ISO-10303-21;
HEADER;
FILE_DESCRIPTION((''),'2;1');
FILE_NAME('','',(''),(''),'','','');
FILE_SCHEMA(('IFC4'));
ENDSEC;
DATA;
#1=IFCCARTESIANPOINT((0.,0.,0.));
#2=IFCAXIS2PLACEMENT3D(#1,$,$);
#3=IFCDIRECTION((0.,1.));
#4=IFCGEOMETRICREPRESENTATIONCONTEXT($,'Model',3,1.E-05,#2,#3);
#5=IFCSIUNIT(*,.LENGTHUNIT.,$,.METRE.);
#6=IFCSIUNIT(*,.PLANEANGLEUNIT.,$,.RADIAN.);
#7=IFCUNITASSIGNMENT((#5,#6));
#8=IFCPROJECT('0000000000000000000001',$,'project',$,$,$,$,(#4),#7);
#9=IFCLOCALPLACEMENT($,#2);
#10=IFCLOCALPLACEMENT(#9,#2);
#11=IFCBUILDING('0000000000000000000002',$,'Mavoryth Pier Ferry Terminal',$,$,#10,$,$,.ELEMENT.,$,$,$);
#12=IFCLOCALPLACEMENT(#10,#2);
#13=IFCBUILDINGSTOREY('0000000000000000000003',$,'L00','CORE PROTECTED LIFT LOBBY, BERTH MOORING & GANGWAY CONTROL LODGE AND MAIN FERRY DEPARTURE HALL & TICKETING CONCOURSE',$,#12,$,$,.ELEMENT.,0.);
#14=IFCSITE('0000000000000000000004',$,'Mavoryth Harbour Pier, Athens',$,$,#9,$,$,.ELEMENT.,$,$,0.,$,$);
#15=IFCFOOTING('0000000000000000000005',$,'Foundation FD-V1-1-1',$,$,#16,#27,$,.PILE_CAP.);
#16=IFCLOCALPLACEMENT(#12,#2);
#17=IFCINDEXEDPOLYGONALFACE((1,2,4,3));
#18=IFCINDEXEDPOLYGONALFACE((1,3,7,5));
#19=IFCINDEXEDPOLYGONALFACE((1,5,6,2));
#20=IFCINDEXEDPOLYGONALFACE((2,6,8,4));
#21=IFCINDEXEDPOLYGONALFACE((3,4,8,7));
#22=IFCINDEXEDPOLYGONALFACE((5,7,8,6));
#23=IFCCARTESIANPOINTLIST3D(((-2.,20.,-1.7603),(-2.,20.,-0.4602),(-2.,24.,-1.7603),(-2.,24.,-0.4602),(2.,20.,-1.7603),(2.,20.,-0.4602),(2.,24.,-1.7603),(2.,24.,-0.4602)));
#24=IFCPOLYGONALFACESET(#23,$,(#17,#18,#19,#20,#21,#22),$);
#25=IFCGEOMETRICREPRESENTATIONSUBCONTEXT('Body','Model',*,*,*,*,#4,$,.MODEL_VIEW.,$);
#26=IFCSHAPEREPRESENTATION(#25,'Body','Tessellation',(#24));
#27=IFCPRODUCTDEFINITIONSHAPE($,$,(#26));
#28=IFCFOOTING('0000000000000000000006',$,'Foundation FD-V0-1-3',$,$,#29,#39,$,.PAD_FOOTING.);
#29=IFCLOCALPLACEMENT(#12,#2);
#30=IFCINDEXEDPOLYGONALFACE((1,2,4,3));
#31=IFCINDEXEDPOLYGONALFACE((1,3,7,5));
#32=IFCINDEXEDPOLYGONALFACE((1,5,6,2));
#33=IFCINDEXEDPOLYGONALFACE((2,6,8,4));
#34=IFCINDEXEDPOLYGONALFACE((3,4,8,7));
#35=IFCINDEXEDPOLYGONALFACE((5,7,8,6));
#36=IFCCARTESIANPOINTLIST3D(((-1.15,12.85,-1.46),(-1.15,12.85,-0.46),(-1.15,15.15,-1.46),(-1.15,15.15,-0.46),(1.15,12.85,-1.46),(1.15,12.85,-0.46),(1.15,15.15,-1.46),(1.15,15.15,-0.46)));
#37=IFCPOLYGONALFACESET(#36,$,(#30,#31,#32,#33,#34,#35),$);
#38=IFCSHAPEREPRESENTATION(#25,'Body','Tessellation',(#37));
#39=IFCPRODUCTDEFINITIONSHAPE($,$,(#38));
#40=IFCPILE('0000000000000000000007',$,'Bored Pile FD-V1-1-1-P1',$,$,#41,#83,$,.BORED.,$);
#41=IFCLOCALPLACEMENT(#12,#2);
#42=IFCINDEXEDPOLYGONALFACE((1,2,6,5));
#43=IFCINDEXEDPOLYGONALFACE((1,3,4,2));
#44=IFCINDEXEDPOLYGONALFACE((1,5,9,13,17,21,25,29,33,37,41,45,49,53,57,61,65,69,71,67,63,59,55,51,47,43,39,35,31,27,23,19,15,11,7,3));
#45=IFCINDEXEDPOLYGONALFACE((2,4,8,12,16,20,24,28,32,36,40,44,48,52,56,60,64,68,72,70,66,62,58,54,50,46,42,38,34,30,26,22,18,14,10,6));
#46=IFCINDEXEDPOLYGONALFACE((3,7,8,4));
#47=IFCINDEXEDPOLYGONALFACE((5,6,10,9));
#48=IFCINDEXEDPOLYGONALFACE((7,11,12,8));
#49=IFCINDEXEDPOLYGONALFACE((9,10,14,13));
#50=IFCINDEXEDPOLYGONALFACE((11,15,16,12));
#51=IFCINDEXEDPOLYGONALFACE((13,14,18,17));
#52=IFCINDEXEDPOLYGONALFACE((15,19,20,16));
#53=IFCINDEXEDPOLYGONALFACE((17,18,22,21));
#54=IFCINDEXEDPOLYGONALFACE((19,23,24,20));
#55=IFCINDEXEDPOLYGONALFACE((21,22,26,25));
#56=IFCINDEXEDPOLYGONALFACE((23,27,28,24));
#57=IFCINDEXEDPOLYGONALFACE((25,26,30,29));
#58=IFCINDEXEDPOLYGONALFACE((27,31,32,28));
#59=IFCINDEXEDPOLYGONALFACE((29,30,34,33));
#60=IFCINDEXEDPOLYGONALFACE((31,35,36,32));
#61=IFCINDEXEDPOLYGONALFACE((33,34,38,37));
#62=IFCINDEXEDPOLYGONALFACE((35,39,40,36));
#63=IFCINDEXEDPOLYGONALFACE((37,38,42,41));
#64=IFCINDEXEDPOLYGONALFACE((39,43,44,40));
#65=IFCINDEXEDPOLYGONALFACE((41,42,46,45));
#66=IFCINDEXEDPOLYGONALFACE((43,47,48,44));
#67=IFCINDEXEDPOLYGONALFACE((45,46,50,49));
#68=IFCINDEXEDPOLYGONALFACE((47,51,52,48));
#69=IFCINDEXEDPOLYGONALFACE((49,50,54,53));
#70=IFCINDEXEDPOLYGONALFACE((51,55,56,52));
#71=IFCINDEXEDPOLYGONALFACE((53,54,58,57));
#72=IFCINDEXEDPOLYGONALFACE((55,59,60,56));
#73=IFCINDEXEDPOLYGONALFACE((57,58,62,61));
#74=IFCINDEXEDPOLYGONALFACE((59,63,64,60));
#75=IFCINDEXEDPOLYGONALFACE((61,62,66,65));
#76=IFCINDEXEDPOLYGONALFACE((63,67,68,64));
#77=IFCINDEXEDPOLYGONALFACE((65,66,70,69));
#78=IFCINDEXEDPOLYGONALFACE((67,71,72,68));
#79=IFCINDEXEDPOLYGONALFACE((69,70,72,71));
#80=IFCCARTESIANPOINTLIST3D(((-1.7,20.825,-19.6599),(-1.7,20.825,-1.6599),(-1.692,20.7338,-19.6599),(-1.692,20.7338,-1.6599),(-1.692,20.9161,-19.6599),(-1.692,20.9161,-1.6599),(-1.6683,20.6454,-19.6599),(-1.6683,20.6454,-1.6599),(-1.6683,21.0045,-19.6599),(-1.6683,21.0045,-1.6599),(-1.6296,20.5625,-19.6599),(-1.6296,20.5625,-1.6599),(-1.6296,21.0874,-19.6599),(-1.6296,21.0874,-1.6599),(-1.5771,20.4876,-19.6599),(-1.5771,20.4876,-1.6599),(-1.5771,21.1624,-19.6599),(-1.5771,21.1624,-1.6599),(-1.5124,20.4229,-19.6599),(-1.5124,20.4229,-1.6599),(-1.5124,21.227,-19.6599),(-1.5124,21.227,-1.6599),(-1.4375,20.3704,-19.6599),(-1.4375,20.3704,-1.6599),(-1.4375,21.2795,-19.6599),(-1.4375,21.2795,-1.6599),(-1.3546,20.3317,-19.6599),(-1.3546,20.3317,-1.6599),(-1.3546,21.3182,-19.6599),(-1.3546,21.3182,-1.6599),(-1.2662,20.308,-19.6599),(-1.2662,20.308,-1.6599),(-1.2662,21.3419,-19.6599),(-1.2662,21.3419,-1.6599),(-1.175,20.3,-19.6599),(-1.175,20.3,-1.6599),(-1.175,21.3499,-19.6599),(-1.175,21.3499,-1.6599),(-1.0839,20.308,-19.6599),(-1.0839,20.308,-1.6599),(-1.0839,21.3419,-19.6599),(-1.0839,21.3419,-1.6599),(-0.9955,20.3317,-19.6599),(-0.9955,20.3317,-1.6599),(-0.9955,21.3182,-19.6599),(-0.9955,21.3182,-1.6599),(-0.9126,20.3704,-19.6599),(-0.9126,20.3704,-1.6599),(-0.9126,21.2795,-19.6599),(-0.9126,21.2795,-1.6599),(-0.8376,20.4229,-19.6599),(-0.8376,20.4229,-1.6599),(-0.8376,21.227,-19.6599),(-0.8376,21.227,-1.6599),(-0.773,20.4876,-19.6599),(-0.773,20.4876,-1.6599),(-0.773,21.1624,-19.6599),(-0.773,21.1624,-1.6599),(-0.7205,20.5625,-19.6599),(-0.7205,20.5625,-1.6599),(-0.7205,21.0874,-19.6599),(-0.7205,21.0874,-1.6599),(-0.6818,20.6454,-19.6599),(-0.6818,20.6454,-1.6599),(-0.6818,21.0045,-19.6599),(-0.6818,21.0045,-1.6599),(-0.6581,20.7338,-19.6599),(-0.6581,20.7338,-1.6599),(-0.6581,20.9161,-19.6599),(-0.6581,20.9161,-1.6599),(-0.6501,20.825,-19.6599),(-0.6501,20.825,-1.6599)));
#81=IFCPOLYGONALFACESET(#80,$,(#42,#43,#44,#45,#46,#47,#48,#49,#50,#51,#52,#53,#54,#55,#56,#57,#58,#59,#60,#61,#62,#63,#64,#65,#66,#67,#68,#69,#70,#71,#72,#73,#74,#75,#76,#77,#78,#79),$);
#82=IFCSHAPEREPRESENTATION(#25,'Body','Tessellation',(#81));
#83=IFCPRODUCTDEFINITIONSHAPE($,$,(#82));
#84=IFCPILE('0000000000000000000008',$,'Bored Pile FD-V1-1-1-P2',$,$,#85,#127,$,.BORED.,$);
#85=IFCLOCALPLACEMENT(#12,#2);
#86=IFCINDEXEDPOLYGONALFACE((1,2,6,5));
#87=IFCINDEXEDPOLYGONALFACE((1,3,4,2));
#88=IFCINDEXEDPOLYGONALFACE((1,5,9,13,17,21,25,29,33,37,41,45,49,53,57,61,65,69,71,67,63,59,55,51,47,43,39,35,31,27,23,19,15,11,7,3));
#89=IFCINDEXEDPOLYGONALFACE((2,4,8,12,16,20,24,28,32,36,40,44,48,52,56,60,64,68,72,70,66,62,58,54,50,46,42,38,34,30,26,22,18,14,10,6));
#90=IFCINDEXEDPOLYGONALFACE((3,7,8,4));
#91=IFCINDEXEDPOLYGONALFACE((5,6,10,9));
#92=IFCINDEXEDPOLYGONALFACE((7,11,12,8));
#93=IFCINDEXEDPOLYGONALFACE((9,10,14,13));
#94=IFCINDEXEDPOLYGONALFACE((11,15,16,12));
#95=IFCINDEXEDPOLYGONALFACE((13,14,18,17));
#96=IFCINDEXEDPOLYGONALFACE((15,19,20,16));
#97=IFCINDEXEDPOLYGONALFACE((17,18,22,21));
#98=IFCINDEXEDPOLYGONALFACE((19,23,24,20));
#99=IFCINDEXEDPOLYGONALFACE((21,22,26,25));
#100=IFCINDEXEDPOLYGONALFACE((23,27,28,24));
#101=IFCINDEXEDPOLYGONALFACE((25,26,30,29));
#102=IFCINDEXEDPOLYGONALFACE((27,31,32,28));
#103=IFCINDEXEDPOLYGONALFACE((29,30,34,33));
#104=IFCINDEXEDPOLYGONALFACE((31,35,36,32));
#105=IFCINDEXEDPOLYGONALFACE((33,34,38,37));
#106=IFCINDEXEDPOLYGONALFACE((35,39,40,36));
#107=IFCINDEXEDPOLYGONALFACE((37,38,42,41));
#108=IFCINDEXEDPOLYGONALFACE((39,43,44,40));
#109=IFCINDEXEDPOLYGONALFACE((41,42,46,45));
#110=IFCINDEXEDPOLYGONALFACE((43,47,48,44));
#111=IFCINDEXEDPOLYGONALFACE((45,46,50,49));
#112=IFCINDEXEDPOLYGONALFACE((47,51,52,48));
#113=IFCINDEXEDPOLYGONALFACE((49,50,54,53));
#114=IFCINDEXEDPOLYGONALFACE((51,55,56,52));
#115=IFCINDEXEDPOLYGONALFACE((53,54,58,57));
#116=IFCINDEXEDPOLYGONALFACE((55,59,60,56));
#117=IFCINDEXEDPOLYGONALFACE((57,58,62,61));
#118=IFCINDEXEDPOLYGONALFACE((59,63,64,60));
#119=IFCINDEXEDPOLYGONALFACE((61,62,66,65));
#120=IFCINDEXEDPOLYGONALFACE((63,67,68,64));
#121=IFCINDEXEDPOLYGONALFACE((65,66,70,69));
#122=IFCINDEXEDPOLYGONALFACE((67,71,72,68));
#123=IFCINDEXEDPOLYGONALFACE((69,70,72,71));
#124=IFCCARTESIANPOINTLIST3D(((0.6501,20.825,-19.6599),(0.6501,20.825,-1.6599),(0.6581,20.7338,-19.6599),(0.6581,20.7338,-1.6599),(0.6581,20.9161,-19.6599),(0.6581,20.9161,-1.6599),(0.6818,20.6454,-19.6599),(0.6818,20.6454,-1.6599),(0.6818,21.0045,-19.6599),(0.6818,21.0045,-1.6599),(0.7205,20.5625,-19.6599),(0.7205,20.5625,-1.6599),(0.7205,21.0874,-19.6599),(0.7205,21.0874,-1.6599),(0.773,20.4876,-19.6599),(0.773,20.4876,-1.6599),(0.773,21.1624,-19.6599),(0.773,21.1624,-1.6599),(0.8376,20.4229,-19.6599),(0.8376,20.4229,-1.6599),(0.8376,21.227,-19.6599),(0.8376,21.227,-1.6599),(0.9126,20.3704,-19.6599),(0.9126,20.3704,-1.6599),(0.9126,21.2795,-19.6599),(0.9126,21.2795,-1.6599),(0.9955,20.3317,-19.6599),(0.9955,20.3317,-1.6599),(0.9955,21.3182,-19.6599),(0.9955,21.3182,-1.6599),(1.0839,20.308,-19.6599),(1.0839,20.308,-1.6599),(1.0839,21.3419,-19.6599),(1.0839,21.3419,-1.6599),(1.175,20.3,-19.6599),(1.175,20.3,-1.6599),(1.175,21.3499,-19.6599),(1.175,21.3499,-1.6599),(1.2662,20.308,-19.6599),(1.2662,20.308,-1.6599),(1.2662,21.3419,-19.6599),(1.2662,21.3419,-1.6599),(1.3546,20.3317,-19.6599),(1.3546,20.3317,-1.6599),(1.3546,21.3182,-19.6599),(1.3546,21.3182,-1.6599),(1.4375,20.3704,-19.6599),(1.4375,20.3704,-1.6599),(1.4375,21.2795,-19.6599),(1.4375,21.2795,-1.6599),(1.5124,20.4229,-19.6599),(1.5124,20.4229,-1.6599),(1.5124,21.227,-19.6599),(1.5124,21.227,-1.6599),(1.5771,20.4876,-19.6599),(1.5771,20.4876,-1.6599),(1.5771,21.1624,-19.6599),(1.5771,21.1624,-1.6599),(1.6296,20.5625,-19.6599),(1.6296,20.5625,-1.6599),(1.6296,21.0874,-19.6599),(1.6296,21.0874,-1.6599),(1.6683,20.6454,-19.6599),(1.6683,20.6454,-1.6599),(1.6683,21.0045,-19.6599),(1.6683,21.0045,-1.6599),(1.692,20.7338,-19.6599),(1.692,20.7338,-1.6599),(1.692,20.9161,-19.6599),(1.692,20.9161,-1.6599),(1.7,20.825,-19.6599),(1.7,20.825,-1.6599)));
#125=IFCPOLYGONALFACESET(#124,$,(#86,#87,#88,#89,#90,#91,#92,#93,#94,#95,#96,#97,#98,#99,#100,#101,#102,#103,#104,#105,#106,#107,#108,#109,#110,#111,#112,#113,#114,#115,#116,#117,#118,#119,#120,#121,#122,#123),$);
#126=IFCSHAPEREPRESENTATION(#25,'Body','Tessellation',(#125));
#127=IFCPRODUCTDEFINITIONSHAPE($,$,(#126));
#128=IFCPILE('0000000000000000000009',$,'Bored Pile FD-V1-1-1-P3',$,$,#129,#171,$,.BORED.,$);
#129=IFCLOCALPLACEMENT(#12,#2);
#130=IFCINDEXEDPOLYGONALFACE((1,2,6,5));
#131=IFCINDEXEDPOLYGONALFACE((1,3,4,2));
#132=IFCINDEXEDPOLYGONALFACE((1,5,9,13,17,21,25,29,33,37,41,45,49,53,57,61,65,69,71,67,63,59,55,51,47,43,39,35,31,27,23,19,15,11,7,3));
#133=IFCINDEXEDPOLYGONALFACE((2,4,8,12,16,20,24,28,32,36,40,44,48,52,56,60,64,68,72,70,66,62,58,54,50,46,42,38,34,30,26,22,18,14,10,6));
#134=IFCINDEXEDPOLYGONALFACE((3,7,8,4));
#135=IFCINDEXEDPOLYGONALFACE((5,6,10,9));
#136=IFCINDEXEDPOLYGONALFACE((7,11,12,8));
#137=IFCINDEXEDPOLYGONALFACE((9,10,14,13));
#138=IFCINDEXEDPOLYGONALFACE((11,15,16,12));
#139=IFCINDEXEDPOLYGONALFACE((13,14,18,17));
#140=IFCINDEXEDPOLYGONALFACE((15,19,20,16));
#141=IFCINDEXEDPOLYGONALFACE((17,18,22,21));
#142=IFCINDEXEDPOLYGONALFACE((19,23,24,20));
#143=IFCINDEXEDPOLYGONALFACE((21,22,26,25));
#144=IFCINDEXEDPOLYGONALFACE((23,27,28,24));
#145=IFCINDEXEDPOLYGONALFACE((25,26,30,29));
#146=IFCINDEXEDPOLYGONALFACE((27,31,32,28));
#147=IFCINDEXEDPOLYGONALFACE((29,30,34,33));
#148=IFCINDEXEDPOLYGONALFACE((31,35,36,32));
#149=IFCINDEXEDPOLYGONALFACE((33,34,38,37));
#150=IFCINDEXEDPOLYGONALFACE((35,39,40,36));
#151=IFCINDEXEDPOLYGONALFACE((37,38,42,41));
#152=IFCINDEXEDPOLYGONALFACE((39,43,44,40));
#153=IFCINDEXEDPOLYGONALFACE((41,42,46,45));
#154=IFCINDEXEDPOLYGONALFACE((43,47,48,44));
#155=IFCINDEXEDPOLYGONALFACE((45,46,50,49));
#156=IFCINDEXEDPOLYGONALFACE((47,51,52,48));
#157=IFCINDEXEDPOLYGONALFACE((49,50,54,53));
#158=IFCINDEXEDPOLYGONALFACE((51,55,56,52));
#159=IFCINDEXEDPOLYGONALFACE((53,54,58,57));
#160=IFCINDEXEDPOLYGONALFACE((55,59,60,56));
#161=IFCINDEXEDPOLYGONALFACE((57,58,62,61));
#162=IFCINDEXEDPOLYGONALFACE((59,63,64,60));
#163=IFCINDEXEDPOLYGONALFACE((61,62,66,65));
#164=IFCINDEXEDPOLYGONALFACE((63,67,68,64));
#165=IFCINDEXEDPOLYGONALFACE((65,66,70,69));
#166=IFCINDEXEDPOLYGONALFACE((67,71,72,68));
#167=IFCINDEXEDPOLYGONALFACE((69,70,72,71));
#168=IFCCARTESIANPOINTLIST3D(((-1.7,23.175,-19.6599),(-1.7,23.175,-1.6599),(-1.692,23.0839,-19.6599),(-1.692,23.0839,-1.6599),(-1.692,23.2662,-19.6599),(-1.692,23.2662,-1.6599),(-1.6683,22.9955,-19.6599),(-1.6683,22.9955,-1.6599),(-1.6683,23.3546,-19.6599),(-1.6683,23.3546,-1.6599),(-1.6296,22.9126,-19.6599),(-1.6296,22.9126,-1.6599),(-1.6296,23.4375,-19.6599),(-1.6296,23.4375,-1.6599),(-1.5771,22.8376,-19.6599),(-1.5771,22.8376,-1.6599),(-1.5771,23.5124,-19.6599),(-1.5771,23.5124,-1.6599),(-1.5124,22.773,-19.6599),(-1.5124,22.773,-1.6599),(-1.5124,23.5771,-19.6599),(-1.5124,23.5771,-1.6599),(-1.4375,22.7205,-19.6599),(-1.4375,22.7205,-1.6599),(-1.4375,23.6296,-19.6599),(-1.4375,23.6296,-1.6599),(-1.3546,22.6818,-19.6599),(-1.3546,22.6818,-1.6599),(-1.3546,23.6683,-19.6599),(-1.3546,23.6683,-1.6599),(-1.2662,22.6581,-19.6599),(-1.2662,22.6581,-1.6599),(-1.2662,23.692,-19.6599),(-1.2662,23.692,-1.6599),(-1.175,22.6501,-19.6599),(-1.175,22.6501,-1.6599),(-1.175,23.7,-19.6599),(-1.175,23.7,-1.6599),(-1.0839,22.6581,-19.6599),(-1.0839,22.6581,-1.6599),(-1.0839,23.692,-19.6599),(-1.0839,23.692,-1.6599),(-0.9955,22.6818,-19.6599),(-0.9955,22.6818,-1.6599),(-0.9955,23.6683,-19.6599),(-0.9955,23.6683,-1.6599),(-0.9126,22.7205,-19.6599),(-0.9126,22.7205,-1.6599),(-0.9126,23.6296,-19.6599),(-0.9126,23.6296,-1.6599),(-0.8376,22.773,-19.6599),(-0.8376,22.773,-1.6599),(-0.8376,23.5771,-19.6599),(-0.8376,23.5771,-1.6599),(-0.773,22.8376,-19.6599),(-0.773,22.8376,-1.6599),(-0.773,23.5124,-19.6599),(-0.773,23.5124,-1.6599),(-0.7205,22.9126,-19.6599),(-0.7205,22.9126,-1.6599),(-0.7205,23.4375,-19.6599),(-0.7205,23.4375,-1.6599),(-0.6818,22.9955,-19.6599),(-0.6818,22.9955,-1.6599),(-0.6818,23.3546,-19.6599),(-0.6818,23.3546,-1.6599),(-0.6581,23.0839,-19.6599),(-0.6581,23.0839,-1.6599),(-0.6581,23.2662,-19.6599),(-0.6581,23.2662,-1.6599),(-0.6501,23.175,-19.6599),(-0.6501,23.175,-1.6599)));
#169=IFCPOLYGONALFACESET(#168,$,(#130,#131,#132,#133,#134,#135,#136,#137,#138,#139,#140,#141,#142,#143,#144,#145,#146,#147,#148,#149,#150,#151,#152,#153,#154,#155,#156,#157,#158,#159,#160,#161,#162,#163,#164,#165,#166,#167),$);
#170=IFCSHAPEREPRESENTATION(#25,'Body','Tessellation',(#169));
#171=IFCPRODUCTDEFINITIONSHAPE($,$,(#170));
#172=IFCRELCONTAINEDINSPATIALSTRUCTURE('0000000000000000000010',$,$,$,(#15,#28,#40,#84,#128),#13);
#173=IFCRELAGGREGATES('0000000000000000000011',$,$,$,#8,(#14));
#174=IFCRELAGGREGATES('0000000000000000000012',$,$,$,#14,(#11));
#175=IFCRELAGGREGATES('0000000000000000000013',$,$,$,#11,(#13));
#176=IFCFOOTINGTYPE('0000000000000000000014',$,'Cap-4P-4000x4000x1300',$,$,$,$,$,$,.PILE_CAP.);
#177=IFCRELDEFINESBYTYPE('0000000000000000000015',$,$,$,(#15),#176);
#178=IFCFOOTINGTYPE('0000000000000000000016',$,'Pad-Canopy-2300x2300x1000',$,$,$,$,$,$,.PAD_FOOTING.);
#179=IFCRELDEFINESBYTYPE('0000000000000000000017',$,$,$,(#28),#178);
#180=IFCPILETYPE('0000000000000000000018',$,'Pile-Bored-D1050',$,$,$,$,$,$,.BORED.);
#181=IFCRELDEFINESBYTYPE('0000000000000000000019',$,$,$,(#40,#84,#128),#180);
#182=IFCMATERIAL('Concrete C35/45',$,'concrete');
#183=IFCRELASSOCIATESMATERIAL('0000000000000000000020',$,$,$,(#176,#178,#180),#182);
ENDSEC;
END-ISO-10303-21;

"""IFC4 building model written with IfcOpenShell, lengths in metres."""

from ifc_helpers import new_model, si_unit, direction, frame, origin, origin_2d, place, context, subcontext, project, spatial, rectangle, circle, extrude, material, material_profile, profile_set, type_object, element, save


model = new_model("IFC4")

# Units and contexts
model_context = context("Model", 3, precision=1e-05, world=origin(), true_north=direction((0.0, 1.0)))
body_context = subcontext(model_context, "Body", "Model", "MODEL_VIEW")
ifc_project = project(units=[si_unit("LENGTHUNIT", "METRE"), si_unit("PLANEANGLEUNIT", "RADIAN")], contexts=[model_context])

# Site, building, storey
site_placement = place(None, origin())
site = spatial("IfcSite", under=ifc_project, at=site_placement, Name="Mavoryth Harbour Pier, Athens", CompositionType="ELEMENT", RefElevation=0.0)
building_placement = place(site_placement, origin())
building = spatial("IfcBuilding", under=site, at=building_placement, Name="Mavoryth Pier Ferry Terminal", CompositionType="ELEMENT")
storey_placement = place(building_placement, origin())
storey = spatial("IfcBuildingStorey", under=building, at=storey_placement, Name="L00", Description="CORE PROTECTED LIFT LOBBY, BERTH MOORING & GANGWAY CONTROL LODGE AND MAIN FERRY DEPARTURE HALL & TICKETING CONCOURSE", CompositionType="ELEMENT", Elevation=0.0)

# Footings
ifc_material_1 = material(Name="Concrete C35/45", Category="concrete")
footing_type_1 = type_object("IfcFootingType", Name="Cap-4P-4000x4000x1300", PredefinedType="PILE_CAP", material=ifc_material_1)
footing_1_placement = place(storey_placement, frame((0.0, 22.0, -1.7603), z_axis=(0.0, 0.0, 1.0), x_axis=(1.0, 0.0, 0.0)))
element("IfcFooting", 1, at=footing_1_placement, inside=storey, type_object=footing_type_1, Name="Foundation FD-V1-1-1", PredefinedType="PILE_CAP", context=body_context, shape_type="SweptSolid", body=[
    extrude(rectangle(XDim=4.0, YDim=4.0, at=origin_2d()), origin(), (0.0, 0.0, 1.0), 1.3),
])
footing_type_2 = type_object("IfcFootingType", Name="Pad-Canopy-2300x2300x1000", PredefinedType="PAD_FOOTING", material=ifc_material_1)
footing_2_placement = place(storey_placement, frame((0.0, 14.0, -1.46), z_axis=(0.0, 0.0, 1.0), x_axis=(1.0, 0.0, 0.0)))
element("IfcFooting", 2, at=footing_2_placement, inside=storey, type_object=footing_type_2, Name="Foundation FD-V0-1-3", PredefinedType="PAD_FOOTING", context=body_context, shape_type="SweptSolid", body=[
    extrude(rectangle(XDim=2.3, YDim=2.3, at=origin_2d()), origin(), (0.0, 0.0, 1.0), 1.0),
])

# Piles
ifc_material_profile_1 = material_profile(ifc_material_1, circle(Radius=0.5249, at=origin_2d()), Name="PILE D1050", Category="concrete")
ifc_profile_set_1 = profile_set([ifc_material_profile_1], Name="Concrete C35/45 - PILE D1050")
pile_type = type_object("IfcPileType", Name="Pile-Bored-D1050", PredefinedType="BORED", material=ifc_profile_set_1)
for number, where, z_axis, x_axis, name in (
    (3, (-1.175, 20.825, -1.6599), (0.0, 0.0, -1.0), (1.0, 0.0, 0.0), "Bored Pile FD-V1-1-1-P1"),
    (4, (1.175, 20.825, -1.6599), (0.0, 0.0, -1.0), (1.0, 0.0, 0.0), "Bored Pile FD-V1-1-1-P2"),
    (5, (-1.175, 23.175, -1.6599), (0.0, 0.0, -1.0), (1.0, 0.0, 0.0), "Bored Pile FD-V1-1-1-P3"),
):
    element("IfcPile", number, at=place(storey_placement, frame(where, z_axis=z_axis, x_axis=x_axis)), inside=storey, type_object=pile_type, Name=name, PredefinedType="BORED", context=body_context, shape_type="SweptSolid", body=[
        extrude(circle(Radius=0.5249, at=origin_2d()), origin(), (0.0, 0.0, 1.0), 18.0),
    ])

save(model, "model.ifc")
